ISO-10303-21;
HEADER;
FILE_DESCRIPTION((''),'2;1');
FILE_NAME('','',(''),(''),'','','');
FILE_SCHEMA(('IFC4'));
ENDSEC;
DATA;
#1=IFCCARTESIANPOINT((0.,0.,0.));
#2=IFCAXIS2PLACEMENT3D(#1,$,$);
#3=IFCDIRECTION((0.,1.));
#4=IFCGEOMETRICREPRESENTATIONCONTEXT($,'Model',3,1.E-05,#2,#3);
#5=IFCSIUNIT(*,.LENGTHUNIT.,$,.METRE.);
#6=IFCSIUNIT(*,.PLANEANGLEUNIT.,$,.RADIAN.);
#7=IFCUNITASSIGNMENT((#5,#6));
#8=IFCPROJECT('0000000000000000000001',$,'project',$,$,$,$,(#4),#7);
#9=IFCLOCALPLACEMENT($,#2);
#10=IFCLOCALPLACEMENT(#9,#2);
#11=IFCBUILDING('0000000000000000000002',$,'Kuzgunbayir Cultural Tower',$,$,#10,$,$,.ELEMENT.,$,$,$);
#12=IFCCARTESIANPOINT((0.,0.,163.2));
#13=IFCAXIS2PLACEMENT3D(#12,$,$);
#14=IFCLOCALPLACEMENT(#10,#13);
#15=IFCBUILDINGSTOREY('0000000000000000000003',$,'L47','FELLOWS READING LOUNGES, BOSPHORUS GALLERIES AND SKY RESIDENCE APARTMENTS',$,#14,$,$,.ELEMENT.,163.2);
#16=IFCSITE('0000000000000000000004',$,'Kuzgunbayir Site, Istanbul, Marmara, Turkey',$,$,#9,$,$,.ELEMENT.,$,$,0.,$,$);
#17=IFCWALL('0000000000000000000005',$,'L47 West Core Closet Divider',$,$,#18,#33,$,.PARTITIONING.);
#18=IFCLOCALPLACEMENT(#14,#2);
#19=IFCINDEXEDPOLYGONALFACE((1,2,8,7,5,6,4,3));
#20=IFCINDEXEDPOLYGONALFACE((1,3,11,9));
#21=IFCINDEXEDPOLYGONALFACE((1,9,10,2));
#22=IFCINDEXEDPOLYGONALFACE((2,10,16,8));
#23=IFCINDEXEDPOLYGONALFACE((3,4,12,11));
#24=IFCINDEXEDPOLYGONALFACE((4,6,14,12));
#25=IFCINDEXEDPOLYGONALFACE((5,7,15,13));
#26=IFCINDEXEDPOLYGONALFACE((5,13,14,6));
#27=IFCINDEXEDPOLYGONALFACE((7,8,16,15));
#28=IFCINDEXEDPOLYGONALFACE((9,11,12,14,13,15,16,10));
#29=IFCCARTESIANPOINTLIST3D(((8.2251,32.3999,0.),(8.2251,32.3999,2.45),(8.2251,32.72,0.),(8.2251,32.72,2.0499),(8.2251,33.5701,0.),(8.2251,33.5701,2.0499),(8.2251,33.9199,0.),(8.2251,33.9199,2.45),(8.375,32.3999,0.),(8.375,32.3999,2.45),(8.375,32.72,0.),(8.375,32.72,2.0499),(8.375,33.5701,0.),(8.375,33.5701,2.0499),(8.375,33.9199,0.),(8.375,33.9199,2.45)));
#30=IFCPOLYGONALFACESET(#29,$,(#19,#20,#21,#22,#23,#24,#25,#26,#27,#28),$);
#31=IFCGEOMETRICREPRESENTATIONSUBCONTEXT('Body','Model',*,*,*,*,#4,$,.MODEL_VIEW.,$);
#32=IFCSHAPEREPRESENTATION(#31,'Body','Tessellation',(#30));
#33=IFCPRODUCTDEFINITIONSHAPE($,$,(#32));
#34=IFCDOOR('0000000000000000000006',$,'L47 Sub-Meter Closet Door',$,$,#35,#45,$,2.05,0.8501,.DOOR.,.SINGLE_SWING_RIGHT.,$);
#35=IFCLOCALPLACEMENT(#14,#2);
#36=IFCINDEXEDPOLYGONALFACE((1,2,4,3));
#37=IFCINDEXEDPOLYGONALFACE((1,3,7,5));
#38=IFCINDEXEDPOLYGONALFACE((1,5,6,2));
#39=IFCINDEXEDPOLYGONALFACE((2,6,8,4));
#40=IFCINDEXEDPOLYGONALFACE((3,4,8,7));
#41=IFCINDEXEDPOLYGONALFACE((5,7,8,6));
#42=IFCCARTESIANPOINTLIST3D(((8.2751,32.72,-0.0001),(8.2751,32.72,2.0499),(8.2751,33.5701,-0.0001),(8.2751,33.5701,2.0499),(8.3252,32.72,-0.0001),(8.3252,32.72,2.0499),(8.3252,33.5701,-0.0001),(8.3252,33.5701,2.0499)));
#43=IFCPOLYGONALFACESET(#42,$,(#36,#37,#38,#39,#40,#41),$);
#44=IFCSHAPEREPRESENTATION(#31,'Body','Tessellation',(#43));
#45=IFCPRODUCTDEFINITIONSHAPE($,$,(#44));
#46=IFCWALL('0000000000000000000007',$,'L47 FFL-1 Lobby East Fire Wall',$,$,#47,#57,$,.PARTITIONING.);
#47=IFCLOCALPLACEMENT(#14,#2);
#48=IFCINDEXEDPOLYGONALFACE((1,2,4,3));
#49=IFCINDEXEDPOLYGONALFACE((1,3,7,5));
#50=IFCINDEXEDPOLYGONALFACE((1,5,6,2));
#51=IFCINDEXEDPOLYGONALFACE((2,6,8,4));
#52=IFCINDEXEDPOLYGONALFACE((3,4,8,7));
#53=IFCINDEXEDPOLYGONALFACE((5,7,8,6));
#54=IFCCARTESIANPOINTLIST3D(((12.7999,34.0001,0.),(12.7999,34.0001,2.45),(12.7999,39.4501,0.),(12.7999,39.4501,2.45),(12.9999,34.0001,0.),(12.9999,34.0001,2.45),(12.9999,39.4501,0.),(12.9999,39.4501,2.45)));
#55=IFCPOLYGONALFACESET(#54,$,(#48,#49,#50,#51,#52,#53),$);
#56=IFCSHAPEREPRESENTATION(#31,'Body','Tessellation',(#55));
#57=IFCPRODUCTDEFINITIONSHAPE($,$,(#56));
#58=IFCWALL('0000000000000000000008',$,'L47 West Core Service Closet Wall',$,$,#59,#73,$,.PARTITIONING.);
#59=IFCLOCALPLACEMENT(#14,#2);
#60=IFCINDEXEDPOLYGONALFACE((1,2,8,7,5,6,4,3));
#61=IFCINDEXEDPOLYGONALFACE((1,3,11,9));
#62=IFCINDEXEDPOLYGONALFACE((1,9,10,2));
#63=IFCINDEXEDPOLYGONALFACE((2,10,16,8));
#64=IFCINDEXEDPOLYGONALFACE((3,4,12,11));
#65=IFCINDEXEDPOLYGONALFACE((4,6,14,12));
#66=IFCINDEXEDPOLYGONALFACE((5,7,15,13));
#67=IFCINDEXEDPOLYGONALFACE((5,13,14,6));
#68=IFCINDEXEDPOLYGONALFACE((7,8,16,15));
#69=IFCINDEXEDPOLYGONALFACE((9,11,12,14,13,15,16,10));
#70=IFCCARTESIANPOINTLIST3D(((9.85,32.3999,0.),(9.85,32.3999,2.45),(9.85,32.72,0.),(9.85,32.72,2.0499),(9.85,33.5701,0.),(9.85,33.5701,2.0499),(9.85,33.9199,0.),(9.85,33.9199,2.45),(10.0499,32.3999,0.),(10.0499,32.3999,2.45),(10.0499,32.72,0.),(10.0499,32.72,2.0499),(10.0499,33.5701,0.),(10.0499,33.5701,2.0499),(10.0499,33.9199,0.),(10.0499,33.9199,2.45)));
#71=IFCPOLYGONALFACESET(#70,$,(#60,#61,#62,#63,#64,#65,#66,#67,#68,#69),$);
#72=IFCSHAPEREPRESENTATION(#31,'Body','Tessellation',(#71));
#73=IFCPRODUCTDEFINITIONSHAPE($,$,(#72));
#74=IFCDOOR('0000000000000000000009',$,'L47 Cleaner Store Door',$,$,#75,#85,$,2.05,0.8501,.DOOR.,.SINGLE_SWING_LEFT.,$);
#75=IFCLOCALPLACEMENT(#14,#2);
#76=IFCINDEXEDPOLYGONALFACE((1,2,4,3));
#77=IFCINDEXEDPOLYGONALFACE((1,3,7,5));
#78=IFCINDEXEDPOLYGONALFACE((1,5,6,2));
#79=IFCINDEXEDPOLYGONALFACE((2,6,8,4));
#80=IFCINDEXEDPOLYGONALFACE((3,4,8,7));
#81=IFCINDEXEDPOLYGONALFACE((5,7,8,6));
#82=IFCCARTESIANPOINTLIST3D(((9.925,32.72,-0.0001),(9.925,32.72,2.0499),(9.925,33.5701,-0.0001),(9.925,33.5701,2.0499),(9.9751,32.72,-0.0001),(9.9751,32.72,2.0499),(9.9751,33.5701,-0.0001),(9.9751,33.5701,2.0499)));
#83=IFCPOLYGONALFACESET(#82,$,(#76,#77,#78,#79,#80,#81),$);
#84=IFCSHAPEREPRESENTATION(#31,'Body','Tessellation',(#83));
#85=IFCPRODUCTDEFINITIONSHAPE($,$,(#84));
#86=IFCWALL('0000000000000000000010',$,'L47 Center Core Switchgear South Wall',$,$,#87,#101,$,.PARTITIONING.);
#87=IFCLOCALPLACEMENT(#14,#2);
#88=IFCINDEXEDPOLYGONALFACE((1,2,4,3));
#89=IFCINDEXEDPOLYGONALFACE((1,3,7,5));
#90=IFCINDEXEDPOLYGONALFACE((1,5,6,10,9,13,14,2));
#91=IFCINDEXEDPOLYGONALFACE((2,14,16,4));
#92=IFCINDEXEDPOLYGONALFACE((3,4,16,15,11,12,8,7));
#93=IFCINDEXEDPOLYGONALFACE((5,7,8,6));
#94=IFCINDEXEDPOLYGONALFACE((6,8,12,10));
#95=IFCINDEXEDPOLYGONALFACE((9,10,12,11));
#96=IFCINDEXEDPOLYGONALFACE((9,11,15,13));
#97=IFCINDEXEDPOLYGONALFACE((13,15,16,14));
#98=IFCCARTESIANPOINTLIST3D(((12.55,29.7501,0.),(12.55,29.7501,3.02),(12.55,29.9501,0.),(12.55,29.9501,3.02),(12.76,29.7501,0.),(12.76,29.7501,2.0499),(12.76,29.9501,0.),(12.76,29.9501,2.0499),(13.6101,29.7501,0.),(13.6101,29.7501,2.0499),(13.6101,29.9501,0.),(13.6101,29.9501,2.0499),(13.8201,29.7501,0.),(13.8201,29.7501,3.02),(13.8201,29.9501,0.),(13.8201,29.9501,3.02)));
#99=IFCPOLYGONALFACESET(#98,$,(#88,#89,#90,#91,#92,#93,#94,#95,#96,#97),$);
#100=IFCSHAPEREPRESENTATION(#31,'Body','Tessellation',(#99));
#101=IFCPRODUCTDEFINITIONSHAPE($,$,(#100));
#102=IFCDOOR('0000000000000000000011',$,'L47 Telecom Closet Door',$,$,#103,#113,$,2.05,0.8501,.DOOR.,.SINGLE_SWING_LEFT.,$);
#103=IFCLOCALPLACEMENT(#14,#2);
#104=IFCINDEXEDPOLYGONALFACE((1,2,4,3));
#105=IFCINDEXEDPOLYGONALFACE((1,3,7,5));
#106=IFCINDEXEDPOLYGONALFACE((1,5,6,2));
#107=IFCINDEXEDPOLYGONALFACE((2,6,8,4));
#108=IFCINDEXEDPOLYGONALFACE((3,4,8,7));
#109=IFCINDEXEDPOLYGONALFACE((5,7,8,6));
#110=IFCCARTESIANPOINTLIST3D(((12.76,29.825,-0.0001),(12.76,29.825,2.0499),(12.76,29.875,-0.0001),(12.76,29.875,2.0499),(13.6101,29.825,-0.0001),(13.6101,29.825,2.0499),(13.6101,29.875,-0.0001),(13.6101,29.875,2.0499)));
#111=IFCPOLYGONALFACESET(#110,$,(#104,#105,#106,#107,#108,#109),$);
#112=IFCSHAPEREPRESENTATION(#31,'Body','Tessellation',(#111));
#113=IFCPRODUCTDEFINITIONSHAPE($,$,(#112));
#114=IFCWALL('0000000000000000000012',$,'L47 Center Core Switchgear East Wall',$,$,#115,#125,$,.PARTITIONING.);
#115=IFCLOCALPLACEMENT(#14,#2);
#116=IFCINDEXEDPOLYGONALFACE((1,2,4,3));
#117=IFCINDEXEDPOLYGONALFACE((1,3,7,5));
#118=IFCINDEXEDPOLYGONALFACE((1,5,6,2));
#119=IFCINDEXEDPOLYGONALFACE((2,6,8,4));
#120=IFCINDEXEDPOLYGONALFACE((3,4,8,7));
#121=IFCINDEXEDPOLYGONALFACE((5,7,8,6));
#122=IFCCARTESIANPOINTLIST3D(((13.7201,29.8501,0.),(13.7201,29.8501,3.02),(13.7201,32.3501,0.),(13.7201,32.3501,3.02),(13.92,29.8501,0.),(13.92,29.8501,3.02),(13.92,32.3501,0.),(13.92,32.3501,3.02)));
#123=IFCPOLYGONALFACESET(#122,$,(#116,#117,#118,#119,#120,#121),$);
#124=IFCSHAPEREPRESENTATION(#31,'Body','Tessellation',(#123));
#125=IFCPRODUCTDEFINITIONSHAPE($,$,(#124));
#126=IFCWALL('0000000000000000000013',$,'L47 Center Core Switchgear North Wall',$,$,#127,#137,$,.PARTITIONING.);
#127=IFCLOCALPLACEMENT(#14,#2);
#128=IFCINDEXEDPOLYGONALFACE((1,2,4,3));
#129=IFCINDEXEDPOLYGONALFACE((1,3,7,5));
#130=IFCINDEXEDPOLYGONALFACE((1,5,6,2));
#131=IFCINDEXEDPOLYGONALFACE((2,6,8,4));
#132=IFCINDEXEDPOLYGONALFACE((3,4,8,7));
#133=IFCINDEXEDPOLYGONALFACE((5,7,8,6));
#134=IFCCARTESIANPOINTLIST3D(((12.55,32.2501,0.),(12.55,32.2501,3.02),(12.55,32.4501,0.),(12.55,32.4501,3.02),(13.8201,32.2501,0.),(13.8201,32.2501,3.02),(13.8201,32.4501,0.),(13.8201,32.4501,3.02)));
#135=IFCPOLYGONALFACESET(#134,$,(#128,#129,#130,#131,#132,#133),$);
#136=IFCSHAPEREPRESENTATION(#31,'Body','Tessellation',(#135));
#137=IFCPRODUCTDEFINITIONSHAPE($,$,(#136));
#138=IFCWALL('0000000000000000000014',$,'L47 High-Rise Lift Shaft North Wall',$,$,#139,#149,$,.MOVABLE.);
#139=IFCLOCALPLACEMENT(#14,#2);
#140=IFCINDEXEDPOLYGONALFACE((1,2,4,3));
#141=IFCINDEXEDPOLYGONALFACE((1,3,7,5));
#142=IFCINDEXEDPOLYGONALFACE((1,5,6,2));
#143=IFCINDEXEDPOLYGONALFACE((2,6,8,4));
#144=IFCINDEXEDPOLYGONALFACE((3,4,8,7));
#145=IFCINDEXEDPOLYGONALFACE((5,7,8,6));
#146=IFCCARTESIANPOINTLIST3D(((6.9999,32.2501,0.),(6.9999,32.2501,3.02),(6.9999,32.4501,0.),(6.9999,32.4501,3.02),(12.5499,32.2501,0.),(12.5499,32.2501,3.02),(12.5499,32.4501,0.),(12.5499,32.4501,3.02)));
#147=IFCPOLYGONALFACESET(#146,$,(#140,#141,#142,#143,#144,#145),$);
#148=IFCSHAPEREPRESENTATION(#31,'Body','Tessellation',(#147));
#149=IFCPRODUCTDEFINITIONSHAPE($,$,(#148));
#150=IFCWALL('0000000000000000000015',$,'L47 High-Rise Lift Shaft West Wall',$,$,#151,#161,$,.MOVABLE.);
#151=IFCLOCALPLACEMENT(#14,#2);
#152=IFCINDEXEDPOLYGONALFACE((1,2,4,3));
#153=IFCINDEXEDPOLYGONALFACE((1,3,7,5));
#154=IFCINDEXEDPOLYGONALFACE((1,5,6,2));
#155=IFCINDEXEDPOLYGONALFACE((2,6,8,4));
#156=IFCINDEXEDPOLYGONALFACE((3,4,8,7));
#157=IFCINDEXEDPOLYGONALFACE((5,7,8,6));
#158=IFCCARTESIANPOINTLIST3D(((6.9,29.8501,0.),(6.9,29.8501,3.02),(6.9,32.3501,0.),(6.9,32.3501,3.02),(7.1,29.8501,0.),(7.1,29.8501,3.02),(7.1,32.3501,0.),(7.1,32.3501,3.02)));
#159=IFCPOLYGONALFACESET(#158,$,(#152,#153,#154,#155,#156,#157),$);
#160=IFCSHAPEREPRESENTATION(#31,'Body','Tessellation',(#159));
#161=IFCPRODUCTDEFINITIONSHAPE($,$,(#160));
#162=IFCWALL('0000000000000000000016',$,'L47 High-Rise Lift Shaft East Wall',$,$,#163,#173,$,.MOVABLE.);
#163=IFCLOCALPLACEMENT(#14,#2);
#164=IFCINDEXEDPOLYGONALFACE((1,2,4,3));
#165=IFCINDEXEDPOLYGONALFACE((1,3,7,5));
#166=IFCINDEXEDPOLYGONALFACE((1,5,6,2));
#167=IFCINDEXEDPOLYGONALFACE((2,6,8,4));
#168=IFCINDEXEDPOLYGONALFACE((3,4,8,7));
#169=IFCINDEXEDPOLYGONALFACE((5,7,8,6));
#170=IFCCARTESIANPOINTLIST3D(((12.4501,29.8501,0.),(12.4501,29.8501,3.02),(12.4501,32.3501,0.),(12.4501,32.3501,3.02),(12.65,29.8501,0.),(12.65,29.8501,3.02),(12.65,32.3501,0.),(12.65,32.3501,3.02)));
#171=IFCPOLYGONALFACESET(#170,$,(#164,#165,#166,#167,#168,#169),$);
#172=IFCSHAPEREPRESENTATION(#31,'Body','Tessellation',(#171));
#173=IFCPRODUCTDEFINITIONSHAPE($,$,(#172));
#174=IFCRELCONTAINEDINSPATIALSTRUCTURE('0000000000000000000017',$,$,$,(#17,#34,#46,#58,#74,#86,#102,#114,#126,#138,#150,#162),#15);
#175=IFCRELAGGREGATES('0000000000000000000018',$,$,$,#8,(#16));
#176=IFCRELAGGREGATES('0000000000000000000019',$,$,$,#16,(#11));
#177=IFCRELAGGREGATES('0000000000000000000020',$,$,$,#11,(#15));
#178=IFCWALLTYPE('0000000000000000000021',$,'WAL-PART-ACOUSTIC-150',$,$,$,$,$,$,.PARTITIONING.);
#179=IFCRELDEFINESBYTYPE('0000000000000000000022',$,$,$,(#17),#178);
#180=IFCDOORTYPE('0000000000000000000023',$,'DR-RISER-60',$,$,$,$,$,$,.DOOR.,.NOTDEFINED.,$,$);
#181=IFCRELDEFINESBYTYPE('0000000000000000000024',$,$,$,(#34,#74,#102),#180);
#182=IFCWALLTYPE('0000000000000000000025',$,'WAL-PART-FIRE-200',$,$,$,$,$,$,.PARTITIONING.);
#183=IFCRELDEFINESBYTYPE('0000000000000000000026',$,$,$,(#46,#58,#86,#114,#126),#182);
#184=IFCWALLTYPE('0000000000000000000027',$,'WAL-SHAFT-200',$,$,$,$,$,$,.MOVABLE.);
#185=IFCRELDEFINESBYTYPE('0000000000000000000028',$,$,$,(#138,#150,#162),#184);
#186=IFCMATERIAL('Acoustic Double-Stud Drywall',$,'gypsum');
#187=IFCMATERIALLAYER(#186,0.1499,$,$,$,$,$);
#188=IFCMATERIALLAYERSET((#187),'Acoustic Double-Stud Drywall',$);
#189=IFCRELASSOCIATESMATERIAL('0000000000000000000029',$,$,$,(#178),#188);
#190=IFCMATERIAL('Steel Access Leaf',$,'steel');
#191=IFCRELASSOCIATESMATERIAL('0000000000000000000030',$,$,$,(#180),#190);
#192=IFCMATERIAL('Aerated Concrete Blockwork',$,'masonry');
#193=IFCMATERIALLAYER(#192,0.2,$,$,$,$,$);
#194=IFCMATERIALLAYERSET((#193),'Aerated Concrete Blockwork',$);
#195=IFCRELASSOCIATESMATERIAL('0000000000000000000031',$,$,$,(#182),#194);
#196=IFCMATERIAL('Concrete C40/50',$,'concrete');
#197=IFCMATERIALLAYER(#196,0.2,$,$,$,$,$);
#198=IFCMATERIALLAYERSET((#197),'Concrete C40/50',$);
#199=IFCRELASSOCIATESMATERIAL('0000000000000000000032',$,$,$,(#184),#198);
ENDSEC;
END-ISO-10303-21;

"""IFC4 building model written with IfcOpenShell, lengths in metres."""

from ifc_helpers import new_model, si_unit, direction, frame, frame_2d, origin, place, context, subcontext, project, spatial, rectangle, extrude, material, layer, layer_set, type_object, element, fill, save


model = new_model("IFC4")

# Units and contexts
model_context = context("Model", 3, precision=1e-05, world=origin(), true_north=direction((0.0, 1.0)))
body_context = subcontext(model_context, "Body", "Model", "MODEL_VIEW")
ifc_project = project(units=[si_unit("LENGTHUNIT", "METRE"), si_unit("PLANEANGLEUNIT", "RADIAN")], contexts=[model_context])

# Site, building, storey
site_placement = place(None, origin())
site = spatial("IfcSite", under=ifc_project, at=site_placement, Name="Kuzgunbayir Site, Istanbul, Marmara, Turkey", CompositionType="ELEMENT", RefElevation=0.0)
building_placement = place(site_placement, origin())
building = spatial("IfcBuilding", under=site, at=building_placement, Name="Kuzgunbayir Cultural Tower", CompositionType="ELEMENT")
storey_placement = place(building_placement, frame((0.0, 0.0, 163.2)))
storey = spatial("IfcBuildingStorey", under=building, at=storey_placement, Name="L47", Description="FELLOWS READING LOUNGES, BOSPHORUS GALLERIES AND SKY RESIDENCE APARTMENTS", CompositionType="ELEMENT", Elevation=163.2)

# Wall, opening, door
ifc_material_1 = material(Name="Acoustic Double-Stud Drywall", Category="gypsum")
ifc_layer_1 = layer(ifc_material_1, 0.1499)
ifc_layer_set_1 = layer_set([ifc_layer_1], Name="Acoustic Double-Stud Drywall")
wall_type_1 = type_object("IfcWallType", Name="WAL-PART-ACOUSTIC-150", PredefinedType="PARTITIONING", material=ifc_layer_set_1)
wall_1_placement = place(storey_placement, frame((8.3, 32.3999, 0.0), z_axis=(0.0, 0.0, 1.0), x_axis=(0.0, 1.0, 0.0)))
wall_1 = element("IfcWall", 1, at=wall_1_placement, inside=storey, type_object=wall_type_1, Name="L47 West Core Closet Divider", PredefinedType="PARTITIONING", context=body_context, shape_type="SweptSolid", body=[
    extrude(rectangle(XDim=1.52, YDim=0.1499, at=frame_2d((0.76, 0.0))), origin(), (0.0, 0.0, 1.0), 2.45),
])
opening_1_placement = place(wall_1_placement, frame((0.3201, 0.0, 0.0)))
opening_1 = element("IfcOpeningElement", 2, at=opening_1_placement, cuts=wall_1, PredefinedType="OPENING", context=body_context, shape_type="SweptSolid", body=[
    extrude(rectangle(XDim=0.8501, YDim=2.05, at=frame_2d((0.425, 1.0249))), frame((0.0, 0.085, 0.0), z_axis=(0.0, -1.0, 0.0), x_axis=(1.0, 0.0, 0.0)), (0.0, 0.0, 1.0), 0.1699),
])
ifc_material_2 = material(Name="Steel Access Leaf", Category="steel")
door_type_1 = type_object("IfcDoorType", Name="DR-RISER-60", OperationType="NOTDEFINED", PredefinedType="DOOR", material=ifc_material_2)
door_1_placement = place(opening_1_placement, origin())
door_1 = element("IfcDoor", 3, at=door_1_placement, inside=storey, type_object=door_type_1, Name="L47 Sub-Meter Closet Door", OperationType="SINGLE_SWING_RIGHT", OverallHeight=2.05, OverallWidth=0.8501, PredefinedType="DOOR", context=body_context, shape_type="SweptSolid", body=[
    extrude(rectangle(XDim=0.8501, YDim=2.05, at=frame_2d((0.425, 1.0249))), frame((0.0, 0.0249, 0.0), z_axis=(0.0, -1.0, 0.0), x_axis=(1.0, 0.0, 0.0)), (0.0, 0.0, 1.0), 0.05),
])
fill(opening_1, door_1)

# Wall
ifc_material_3 = material(Name="Aerated Concrete Blockwork", Category="masonry")
ifc_layer_2 = layer(ifc_material_3, 0.2)
ifc_layer_set_2 = layer_set([ifc_layer_2], Name="Aerated Concrete Blockwork")
wall_type_2 = type_object("IfcWallType", Name="WAL-PART-FIRE-200", PredefinedType="PARTITIONING", material=ifc_layer_set_2)
wall_2_placement = place(storey_placement, frame((12.8999, 34.0, 0.0), z_axis=(0.0, 0.0, 1.0), x_axis=(0.0, 1.0, 0.0)))
element("IfcWall", 4, at=wall_2_placement, inside=storey, type_object=wall_type_2, Name="L47 FFL-1 Lobby East Fire Wall", PredefinedType="PARTITIONING", context=body_context, shape_type="SweptSolid", body=[
    extrude(rectangle(XDim=5.45, YDim=0.2, at=frame_2d((2.7251, 0.0))), origin(), (0.0, 0.0, 1.0), 2.45),
])

# Walls, openings, doors
wall_3_placement = place(storey_placement, frame((9.95, 32.3999, 0.0), z_axis=(0.0, 0.0, 1.0), x_axis=(0.0, 1.0, 0.0)))
wall_3 = element("IfcWall", 5, at=wall_3_placement, inside=storey, type_object=wall_type_2, Name="L47 West Core Service Closet Wall", PredefinedType="PARTITIONING", context=body_context, shape_type="SweptSolid", body=[
    extrude(rectangle(XDim=1.52, YDim=0.2, at=frame_2d((0.76, 0.0))), origin(), (0.0, 0.0, 1.0), 2.45),
])
opening_2_placement = place(wall_3_placement, frame((0.3201, 0.0, 0.0)))
opening_2 = element("IfcOpeningElement", 6, at=opening_2_placement, cuts=wall_3, PredefinedType="OPENING", context=body_context, shape_type="SweptSolid", body=[
    extrude(rectangle(XDim=0.8501, YDim=2.05, at=frame_2d((0.425, 1.0249))), frame((0.0, 0.1099, 0.0), z_axis=(0.0, -1.0, 0.0), x_axis=(1.0, 0.0, 0.0)), (0.0, 0.0, 1.0), 0.22),
])
door_2_placement = place(opening_2_placement, origin())
door_2 = element("IfcDoor", 7, at=door_2_placement, inside=storey, type_object=door_type_1, Name="L47 Cleaner Store Door", OperationType="SINGLE_SWING_LEFT", OverallHeight=2.05, OverallWidth=0.8501, PredefinedType="DOOR", context=body_context, shape_type="SweptSolid", body=[
    extrude(rectangle(XDim=0.8501, YDim=2.05, at=frame_2d((0.425, 1.0249))), frame((0.0, 0.0249, 0.0), z_axis=(0.0, -1.0, 0.0), x_axis=(1.0, 0.0, 0.0)), (0.0, 0.0, 1.0), 0.05),
])
fill(opening_2, door_2)
wall_4_placement = place(storey_placement, frame((12.55, 29.8501, 0.0), z_axis=(0.0, 0.0, 1.0), x_axis=(1.0, 0.0, 0.0)))
wall_4 = element("IfcWall", 8, at=wall_4_placement, inside=storey, type_object=wall_type_2, Name="L47 Center Core Switchgear South Wall", PredefinedType="PARTITIONING", context=body_context, shape_type="SweptSolid", body=[
    extrude(rectangle(XDim=1.27, YDim=0.2, at=frame_2d((0.635, 0.0))), origin(), (0.0, 0.0, 1.0), 3.02),
])
opening_3_placement = place(wall_4_placement, frame((0.21, 0.0, 0.0)))
opening_3 = element("IfcOpeningElement", 9, at=opening_3_placement, cuts=wall_4, PredefinedType="OPENING", context=body_context, shape_type="SweptSolid", body=[
    extrude(rectangle(XDim=0.8501, YDim=2.05, at=frame_2d((0.425, 1.0249))), frame((0.0, 0.1099, 0.0), z_axis=(0.0, -1.0, 0.0), x_axis=(1.0, 0.0, 0.0)), (0.0, 0.0, 1.0), 0.22),
])
door_3_placement = place(opening_3_placement, origin())
door_3 = element("IfcDoor", 10, at=door_3_placement, inside=storey, type_object=door_type_1, Name="L47 Telecom Closet Door", OperationType="SINGLE_SWING_LEFT", OverallHeight=2.05, OverallWidth=0.8501, PredefinedType="DOOR", context=body_context, shape_type="SweptSolid", body=[
    extrude(rectangle(XDim=0.8501, YDim=2.05, at=frame_2d((0.425, 1.0249))), frame((0.0, 0.0249, 0.0), z_axis=(0.0, -1.0, 0.0), x_axis=(1.0, 0.0, 0.0)), (0.0, 0.0, 1.0), 0.05),
])
fill(opening_3, door_3)

# Walls
wall_5_placement = place(storey_placement, frame((13.8201, 29.8501, 0.0), z_axis=(0.0, 0.0, 1.0), x_axis=(0.0, 1.0, 0.0)))
element("IfcWall", 11, at=wall_5_placement, inside=storey, type_object=wall_type_2, Name="L47 Center Core Switchgear East Wall", PredefinedType="PARTITIONING", context=body_context, shape_type="SweptSolid", body=[
    extrude(rectangle(XDim=2.5, YDim=0.2, at=frame_2d((1.25, 0.0))), origin(), (0.0, 0.0, 1.0), 3.02),
])
wall_6_placement = place(storey_placement, frame((12.55, 32.3501, 0.0), z_axis=(0.0, 0.0, 1.0), x_axis=(1.0, 0.0, 0.0)))
element("IfcWall", 12, at=wall_6_placement, inside=storey, type_object=wall_type_2, Name="L47 Center Core Switchgear North Wall", PredefinedType="PARTITIONING", context=body_context, shape_type="SweptSolid", body=[
    extrude(rectangle(XDim=1.27, YDim=0.2, at=frame_2d((0.635, 0.0))), origin(), (0.0, 0.0, 1.0), 3.02),
])

# Shared definitions
ifc_material_4 = material(Name="Concrete C40/50", Category="concrete")
ifc_layer_3 = layer(ifc_material_4, 0.2)
ifc_layer_set_3 = layer_set([ifc_layer_3], Name="Concrete C40/50")
wall_type_3 = type_object("IfcWallType", Name="WAL-SHAFT-200", PredefinedType="MOVABLE", material=ifc_layer_set_3)

# Walls
wall_7_placement = place(storey_placement, frame((7.0, 32.3501, 0.0), z_axis=(0.0, 0.0, 1.0), x_axis=(1.0, 0.0, 0.0)))
element("IfcWall", 13, at=wall_7_placement, inside=storey, type_object=wall_type_3, Name="L47 High-Rise Lift Shaft North Wall", PredefinedType="MOVABLE", context=body_context, shape_type="SweptSolid", body=[
    extrude(rectangle(XDim=5.55, YDim=0.2, at=frame_2d((2.7749, 0.0))), origin(), (0.0, 0.0, 1.0), 3.02),
])
for number, where, z_axis, x_axis, name in (
    (14, (7.0, 29.8501, 0.0), (0.0, 0.0, 1.0), (0.0, 1.0, 0.0), "L47 High-Rise Lift Shaft West Wall"),
    (15, (12.55, 29.8501, 0.0), (0.0, 0.0, 1.0), (0.0, 1.0, 0.0), "L47 High-Rise Lift Shaft East Wall"),
):
    element("IfcWall", number, at=place(storey_placement, frame(where, z_axis=z_axis, x_axis=x_axis)), inside=storey, type_object=wall_type_3, Name=name, PredefinedType="MOVABLE", context=body_context, shape_type="SweptSolid", body=[
        extrude(rectangle(XDim=2.5, YDim=0.2, at=frame_2d((1.25, 0.0))), origin(), (0.0, 0.0, 1.0), 3.02),
    ])

save(model, "model.ifc")
